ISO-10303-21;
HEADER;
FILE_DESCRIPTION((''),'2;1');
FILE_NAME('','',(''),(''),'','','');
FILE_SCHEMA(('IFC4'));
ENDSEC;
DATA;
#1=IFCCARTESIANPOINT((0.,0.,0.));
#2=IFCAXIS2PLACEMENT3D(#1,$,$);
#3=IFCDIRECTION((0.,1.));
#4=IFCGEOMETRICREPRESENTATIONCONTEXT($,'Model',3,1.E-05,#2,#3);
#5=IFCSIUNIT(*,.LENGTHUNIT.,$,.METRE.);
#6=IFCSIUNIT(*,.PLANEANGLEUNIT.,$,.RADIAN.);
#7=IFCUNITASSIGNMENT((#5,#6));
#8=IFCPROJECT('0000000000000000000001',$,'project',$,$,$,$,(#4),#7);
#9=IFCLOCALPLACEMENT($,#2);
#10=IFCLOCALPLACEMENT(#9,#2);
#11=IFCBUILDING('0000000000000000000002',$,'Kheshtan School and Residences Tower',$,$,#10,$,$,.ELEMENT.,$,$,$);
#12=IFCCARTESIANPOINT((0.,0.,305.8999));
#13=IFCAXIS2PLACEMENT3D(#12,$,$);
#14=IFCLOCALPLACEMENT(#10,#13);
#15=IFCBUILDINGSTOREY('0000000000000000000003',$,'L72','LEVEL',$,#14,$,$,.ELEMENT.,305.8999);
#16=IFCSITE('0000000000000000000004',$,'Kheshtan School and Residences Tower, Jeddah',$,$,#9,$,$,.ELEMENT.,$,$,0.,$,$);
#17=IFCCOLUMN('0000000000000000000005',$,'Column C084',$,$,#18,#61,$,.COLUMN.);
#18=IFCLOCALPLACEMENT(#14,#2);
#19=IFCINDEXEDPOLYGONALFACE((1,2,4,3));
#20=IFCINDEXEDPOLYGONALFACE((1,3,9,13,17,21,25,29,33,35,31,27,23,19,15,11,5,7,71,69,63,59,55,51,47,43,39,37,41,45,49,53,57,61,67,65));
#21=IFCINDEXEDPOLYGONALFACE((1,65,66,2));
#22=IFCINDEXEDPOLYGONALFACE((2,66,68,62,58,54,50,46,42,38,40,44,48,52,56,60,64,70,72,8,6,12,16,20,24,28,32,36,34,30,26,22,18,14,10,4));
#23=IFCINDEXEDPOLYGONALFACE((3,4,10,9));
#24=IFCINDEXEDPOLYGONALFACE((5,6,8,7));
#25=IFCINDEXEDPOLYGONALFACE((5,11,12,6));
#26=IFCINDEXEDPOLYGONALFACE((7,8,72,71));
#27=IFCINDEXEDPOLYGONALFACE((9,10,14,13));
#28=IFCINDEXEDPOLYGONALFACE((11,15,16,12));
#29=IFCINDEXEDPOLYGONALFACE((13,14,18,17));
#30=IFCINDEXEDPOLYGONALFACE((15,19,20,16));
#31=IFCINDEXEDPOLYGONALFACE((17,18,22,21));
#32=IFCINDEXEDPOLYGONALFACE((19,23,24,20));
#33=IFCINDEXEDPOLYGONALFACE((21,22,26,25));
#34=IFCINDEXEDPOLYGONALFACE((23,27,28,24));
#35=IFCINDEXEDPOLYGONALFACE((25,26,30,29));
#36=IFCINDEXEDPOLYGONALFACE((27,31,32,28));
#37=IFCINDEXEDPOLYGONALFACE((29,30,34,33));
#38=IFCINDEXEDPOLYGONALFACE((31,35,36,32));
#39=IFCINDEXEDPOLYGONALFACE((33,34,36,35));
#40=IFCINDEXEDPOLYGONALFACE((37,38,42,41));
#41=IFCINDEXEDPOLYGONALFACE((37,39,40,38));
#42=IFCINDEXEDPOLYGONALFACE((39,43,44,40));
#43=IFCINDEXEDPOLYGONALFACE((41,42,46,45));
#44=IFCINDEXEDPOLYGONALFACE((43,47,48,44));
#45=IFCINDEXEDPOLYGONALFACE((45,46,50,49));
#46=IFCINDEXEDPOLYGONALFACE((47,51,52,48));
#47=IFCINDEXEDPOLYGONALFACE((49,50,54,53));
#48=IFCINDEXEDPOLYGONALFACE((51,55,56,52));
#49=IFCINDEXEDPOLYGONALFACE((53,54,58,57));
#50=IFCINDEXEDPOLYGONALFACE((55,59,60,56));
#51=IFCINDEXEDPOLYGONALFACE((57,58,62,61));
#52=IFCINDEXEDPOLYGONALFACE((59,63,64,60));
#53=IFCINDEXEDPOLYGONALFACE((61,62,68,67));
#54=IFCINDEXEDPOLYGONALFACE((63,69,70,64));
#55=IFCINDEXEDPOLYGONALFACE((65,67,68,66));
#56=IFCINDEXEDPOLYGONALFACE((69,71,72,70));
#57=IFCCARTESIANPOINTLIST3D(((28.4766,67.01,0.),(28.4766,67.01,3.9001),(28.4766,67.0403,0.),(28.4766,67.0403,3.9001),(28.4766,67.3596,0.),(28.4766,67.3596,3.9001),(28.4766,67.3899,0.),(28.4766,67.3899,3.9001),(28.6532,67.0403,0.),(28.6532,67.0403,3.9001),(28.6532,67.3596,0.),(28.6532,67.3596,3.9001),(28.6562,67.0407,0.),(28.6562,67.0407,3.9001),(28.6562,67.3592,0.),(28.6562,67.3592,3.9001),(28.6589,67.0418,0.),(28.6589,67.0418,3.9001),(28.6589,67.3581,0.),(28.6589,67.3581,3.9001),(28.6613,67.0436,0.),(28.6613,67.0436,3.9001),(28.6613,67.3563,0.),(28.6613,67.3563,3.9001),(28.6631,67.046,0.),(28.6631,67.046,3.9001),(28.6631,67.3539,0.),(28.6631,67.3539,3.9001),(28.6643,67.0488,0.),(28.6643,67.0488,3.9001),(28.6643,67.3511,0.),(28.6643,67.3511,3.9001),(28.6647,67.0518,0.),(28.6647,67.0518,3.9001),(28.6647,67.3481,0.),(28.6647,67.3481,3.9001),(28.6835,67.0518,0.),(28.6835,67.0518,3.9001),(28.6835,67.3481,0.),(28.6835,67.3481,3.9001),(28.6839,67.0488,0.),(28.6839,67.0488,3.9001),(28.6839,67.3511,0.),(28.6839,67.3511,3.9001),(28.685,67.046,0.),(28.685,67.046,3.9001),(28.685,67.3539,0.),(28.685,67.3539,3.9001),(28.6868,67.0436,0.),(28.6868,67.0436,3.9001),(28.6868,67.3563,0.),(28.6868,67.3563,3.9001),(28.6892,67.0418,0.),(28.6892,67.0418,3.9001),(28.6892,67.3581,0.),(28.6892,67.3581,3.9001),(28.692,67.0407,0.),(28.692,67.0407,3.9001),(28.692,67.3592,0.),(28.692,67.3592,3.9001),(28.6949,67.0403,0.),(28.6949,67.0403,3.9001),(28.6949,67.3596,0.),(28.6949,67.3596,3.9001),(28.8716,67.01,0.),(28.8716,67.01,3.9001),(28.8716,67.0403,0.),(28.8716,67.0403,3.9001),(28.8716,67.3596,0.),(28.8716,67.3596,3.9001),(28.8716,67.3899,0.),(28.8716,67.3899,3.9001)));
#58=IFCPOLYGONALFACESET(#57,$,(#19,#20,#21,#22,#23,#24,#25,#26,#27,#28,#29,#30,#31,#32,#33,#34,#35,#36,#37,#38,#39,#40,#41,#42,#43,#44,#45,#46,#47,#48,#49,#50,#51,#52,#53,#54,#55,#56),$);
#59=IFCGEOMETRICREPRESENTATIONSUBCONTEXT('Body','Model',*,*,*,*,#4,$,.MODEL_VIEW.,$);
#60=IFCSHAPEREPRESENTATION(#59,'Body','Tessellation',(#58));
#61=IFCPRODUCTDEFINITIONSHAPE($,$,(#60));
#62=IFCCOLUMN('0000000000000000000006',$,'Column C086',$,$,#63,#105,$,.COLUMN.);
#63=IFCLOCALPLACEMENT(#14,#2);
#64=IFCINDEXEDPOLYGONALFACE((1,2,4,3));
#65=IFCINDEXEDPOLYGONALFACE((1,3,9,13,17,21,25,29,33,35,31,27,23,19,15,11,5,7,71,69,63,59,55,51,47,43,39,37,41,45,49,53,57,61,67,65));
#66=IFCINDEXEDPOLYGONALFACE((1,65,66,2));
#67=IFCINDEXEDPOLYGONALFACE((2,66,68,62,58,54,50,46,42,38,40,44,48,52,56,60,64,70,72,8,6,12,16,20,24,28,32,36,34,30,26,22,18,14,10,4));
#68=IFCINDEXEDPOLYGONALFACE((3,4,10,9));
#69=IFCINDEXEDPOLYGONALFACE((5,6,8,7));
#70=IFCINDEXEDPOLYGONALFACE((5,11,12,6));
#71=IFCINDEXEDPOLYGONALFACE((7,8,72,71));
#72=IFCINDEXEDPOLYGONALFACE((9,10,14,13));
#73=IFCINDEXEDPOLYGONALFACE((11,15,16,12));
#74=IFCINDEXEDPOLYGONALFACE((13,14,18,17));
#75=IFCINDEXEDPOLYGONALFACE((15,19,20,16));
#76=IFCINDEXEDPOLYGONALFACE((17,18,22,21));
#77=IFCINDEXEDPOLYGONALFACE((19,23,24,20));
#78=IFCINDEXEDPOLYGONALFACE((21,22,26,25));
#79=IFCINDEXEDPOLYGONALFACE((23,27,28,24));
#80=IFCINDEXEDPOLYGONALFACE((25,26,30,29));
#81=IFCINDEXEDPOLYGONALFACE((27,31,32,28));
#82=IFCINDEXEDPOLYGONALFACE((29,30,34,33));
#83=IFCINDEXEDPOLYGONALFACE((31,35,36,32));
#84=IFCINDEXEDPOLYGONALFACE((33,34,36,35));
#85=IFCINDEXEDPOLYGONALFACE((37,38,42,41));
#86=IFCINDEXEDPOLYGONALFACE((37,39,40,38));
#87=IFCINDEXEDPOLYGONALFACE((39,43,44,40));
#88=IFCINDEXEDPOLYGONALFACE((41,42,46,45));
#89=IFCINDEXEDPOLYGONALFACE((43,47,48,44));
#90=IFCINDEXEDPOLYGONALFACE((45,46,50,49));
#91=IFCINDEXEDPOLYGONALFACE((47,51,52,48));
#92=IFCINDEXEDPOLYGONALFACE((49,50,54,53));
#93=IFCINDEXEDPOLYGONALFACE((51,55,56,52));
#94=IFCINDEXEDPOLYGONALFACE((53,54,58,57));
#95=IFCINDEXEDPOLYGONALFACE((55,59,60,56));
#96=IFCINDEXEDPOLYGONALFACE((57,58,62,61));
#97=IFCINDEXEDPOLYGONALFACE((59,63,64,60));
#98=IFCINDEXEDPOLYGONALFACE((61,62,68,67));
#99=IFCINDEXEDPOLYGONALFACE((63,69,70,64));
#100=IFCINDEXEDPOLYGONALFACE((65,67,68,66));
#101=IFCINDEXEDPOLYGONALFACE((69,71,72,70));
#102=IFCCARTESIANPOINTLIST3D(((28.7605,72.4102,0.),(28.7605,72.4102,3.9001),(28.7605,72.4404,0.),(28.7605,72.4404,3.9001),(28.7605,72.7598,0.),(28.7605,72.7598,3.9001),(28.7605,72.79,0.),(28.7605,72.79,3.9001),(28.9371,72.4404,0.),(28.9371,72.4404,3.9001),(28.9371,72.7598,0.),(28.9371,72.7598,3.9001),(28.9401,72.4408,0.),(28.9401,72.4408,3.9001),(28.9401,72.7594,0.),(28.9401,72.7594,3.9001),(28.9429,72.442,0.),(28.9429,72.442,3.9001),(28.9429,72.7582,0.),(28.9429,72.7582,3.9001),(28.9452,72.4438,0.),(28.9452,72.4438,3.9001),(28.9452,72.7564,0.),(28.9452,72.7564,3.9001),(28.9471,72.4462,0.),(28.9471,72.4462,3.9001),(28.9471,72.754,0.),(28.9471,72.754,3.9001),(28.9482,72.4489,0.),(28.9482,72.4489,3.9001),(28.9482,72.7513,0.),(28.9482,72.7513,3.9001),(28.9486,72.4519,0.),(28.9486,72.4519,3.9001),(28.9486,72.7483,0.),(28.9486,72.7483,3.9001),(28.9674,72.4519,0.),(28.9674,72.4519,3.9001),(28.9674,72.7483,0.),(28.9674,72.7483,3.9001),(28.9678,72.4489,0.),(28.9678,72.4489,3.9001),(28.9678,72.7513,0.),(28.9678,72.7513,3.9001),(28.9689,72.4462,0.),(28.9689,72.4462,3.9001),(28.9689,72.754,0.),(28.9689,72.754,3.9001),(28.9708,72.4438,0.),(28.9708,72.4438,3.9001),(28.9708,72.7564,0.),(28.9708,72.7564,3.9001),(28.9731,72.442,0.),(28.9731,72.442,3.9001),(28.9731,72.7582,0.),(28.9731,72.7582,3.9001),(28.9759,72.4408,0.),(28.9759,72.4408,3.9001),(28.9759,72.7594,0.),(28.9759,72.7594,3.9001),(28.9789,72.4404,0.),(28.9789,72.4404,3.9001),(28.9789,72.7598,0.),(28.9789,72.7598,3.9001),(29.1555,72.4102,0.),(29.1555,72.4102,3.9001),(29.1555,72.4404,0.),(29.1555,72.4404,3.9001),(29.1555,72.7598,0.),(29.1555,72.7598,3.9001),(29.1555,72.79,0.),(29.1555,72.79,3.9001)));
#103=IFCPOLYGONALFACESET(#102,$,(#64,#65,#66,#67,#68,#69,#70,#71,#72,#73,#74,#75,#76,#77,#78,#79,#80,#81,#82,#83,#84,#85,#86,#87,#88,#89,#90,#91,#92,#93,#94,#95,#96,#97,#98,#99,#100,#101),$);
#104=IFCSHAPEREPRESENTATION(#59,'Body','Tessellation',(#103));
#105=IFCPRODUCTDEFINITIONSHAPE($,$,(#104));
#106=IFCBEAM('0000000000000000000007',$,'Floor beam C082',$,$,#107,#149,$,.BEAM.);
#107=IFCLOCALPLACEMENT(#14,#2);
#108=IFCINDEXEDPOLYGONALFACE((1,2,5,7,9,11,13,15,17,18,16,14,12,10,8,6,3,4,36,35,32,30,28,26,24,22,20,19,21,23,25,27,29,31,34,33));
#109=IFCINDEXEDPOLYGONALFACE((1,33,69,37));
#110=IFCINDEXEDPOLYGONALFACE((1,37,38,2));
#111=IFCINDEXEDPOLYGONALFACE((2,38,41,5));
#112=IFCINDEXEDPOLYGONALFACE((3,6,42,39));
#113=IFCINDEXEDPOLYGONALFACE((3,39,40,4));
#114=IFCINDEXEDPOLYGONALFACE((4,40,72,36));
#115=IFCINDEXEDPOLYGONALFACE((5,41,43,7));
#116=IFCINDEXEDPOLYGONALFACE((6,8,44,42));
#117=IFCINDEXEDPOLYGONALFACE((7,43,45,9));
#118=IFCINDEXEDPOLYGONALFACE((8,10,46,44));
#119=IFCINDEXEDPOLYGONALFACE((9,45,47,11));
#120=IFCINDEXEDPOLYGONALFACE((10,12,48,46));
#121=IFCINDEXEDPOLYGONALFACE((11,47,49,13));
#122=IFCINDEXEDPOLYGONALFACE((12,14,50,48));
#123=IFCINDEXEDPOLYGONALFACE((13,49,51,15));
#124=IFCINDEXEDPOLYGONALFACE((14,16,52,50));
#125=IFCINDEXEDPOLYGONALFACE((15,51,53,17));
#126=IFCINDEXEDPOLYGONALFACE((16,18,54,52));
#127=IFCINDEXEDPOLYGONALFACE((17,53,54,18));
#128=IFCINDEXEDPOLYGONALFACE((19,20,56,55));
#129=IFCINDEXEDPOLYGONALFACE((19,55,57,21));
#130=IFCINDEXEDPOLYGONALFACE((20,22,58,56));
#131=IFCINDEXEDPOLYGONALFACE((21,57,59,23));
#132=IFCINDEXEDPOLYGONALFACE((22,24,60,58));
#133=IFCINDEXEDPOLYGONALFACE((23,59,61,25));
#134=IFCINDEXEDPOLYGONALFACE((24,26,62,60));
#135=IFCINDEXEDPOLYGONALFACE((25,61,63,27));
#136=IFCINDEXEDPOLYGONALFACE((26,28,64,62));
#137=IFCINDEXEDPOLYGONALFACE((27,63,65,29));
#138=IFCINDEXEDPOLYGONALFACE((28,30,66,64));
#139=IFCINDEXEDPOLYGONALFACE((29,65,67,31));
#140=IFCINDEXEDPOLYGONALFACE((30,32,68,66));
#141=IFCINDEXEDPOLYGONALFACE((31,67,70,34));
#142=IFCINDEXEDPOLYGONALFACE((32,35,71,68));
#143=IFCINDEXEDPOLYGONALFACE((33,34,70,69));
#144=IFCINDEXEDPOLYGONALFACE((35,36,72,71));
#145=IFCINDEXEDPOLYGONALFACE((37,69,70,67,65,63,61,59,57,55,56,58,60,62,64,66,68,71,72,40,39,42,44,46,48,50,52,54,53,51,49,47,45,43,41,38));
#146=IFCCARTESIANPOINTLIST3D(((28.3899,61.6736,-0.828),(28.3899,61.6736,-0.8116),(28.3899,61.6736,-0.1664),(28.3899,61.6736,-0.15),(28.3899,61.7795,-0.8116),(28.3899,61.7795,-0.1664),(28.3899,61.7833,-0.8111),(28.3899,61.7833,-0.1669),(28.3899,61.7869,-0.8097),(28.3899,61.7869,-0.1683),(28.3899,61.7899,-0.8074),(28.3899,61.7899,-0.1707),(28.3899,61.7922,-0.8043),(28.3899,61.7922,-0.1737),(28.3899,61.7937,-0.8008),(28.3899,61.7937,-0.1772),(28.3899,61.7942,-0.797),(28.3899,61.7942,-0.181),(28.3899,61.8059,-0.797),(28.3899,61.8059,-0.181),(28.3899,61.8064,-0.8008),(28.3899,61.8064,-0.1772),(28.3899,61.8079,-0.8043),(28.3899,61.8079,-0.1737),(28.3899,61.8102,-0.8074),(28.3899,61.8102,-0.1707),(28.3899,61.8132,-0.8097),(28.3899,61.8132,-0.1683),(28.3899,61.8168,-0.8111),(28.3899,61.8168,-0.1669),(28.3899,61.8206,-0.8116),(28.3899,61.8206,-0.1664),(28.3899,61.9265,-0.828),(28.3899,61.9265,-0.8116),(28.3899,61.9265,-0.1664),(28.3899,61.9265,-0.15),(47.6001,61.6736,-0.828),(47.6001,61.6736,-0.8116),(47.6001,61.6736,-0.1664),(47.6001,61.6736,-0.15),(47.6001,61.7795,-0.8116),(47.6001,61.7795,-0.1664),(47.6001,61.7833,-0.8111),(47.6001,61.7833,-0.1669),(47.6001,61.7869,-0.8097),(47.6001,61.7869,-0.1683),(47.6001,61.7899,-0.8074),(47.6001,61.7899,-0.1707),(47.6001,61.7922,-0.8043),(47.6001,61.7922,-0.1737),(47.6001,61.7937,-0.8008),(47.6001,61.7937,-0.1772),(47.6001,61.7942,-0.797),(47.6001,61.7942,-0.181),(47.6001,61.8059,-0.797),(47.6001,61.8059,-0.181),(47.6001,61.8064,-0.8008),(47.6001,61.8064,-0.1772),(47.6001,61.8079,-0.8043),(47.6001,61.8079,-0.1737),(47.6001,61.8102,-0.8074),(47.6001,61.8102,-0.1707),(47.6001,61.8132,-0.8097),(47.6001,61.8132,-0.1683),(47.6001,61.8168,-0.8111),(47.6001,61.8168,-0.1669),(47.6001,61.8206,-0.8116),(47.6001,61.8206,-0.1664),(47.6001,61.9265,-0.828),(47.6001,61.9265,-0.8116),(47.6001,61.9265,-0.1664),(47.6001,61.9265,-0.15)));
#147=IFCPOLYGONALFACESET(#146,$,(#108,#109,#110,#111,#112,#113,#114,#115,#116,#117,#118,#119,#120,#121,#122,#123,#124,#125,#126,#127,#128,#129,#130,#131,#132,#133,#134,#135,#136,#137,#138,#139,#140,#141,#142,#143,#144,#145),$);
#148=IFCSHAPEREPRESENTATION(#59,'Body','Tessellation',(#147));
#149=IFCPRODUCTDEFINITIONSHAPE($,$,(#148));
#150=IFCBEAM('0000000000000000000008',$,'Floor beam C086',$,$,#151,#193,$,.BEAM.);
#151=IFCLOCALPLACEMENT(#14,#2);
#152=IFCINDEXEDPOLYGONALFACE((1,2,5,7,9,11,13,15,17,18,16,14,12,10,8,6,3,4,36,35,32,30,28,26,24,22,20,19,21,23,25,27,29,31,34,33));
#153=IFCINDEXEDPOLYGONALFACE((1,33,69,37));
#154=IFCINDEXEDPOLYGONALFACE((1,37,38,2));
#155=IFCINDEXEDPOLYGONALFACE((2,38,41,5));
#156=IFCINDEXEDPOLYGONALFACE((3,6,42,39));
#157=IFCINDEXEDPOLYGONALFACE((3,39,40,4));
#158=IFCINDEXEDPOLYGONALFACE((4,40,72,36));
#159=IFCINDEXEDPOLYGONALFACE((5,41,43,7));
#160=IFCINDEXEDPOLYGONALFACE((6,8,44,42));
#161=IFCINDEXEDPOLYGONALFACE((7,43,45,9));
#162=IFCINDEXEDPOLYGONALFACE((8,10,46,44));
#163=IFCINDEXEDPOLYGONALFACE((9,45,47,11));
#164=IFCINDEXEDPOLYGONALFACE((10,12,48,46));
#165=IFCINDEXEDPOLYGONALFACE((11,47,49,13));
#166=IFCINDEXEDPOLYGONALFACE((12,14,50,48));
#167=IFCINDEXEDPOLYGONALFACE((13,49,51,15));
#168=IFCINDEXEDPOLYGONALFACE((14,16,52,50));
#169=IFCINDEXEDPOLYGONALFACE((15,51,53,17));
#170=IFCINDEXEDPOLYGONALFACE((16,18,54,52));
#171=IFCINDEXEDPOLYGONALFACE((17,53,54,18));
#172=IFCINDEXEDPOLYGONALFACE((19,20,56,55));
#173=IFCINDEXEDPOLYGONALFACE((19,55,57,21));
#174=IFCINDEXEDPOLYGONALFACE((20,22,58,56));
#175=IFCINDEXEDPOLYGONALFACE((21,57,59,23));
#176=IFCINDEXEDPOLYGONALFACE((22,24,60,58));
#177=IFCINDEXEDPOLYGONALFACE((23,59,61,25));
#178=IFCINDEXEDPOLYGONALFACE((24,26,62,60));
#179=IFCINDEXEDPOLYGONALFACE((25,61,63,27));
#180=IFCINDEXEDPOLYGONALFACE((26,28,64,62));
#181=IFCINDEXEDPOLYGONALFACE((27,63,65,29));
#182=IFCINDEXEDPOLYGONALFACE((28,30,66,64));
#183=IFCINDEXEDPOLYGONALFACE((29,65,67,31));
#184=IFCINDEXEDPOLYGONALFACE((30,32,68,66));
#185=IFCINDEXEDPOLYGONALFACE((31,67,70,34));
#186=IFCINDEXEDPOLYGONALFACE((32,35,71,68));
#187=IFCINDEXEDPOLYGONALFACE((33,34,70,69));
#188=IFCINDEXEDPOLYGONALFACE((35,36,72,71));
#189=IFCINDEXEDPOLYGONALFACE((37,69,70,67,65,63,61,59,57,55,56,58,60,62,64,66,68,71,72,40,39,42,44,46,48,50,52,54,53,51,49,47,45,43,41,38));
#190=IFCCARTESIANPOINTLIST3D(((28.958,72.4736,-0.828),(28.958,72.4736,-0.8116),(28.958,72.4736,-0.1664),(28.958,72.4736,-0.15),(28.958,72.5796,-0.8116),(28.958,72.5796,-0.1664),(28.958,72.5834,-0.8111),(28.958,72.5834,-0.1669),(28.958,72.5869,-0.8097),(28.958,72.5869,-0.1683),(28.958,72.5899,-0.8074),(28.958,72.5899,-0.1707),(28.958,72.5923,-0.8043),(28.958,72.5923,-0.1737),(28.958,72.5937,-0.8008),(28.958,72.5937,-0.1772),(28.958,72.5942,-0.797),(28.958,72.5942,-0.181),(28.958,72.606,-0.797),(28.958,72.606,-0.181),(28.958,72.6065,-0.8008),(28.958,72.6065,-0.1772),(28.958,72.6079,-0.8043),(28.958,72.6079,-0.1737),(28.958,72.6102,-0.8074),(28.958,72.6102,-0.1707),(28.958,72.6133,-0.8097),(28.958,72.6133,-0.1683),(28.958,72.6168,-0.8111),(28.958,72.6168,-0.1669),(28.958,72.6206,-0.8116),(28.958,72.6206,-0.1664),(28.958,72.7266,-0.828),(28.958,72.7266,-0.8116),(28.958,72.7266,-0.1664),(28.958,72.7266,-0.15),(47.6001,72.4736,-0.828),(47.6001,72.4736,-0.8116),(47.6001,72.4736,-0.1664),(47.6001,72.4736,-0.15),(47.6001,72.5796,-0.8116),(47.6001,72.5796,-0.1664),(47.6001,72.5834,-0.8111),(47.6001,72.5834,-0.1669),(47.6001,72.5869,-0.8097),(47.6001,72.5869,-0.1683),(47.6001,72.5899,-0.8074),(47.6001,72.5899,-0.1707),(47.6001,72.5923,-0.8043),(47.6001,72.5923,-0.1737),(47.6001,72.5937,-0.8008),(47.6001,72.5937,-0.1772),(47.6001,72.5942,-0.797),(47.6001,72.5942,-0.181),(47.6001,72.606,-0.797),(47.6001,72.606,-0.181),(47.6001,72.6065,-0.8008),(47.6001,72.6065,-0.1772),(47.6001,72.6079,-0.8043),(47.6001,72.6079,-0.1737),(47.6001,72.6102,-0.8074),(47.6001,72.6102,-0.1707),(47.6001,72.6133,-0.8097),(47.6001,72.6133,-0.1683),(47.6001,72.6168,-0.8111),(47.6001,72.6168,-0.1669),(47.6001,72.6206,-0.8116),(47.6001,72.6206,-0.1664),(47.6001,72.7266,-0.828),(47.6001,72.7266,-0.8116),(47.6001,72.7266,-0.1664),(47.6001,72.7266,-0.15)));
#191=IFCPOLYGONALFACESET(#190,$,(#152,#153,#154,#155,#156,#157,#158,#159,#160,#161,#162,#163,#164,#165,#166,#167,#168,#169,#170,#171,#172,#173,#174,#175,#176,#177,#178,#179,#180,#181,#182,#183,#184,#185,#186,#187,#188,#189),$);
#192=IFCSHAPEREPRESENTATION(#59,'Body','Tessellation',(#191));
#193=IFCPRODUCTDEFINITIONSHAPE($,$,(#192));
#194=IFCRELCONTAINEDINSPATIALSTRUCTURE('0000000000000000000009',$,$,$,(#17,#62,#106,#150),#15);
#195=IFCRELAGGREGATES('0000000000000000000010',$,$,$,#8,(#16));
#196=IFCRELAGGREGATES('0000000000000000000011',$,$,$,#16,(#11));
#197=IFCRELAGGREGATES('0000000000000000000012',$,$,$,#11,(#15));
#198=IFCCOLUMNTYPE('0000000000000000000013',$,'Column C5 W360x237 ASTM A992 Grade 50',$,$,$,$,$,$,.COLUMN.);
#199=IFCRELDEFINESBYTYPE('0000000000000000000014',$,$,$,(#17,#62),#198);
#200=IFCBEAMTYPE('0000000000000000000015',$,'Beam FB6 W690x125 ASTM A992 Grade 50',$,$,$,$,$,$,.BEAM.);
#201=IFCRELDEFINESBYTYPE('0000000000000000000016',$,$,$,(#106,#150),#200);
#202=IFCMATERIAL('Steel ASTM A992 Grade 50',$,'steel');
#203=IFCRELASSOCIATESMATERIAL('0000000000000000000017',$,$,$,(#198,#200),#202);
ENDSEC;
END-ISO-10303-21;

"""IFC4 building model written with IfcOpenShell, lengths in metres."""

from ifc_helpers import new_model, si_unit, direction, frame, origin, origin_2d, place, context, subcontext, project, spatial, i_section, extrude, material, material_profile, profile_set, type_object, element, save


model = new_model("IFC4")

# Units and contexts
model_context = context("Model", 3, precision=1e-05, world=origin(), true_north=direction((0.0, 1.0)))
body_context = subcontext(model_context, "Body", "Model", "MODEL_VIEW")
ifc_project = project(units=[si_unit("LENGTHUNIT", "METRE"), si_unit("PLANEANGLEUNIT", "RADIAN")], contexts=[model_context])

# Site, building, storey
site_placement = place(None, origin())
site = spatial("IfcSite", under=ifc_project, at=site_placement, Name="Kheshtan School and Residences Tower, Jeddah", CompositionType="ELEMENT", RefElevation=0.0)
building_placement = place(site_placement, origin())
building = spatial("IfcBuilding", under=site, at=building_placement, Name="Kheshtan School and Residences Tower", CompositionType="ELEMENT")
storey_placement = place(building_placement, frame((0.0, 0.0, 305.8999)))
storey = spatial("IfcBuildingStorey", under=building, at=storey_placement, Name="L72", Description="LEVEL", CompositionType="ELEMENT", Elevation=305.8999)

# Columns
ifc_material_1 = material(Name="Steel ASTM A992 Grade 50", Category="steel")
ifc_material_profile_1 = material_profile(ifc_material_1, i_section(OverallWidth=0.395, OverallDepth=0.3799, WebThickness=0.0188, FlangeThickness=0.0303, FilletRadius=0.0115, at=origin_2d()), Name="W360x237")
ifc_profile_set_1 = profile_set([ifc_material_profile_1], Name="Steel ASTM A992 Grade 50")
column_type = type_object("IfcColumnType", Name="Column C5 W360x237 ASTM A992 Grade 50", PredefinedType="COLUMN", material=ifc_profile_set_1)
for number, where, z_axis, x_axis, name in (
    (1, (28.6741, 67.2, 0.0), (0.0, 0.0, 1.0), (1.0, 0.0, 0.0), "Column C084"),
    (2, (28.958, 72.6001, 0.0), (0.0, 0.0, 1.0), (1.0, 0.0, 0.0), "Column C086"),
):
    element("IfcColumn", number, at=place(storey_placement, frame(where, z_axis=z_axis, x_axis=x_axis)), inside=storey, type_object=column_type, Name=name, PredefinedType="COLUMN", context=body_context, shape_type="SweptSolid", body=[
        extrude(i_section(OverallWidth=0.395, OverallDepth=0.3799, WebThickness=0.0188, FlangeThickness=0.0303, FilletRadius=0.0115, at=origin_2d()), origin(), (0.0, 0.0, 1.0), 3.9001),
    ])

# Beams
ifc_material_profile_2 = material_profile(ifc_material_1, i_section(OverallWidth=0.2529, OverallDepth=0.678, WebThickness=0.0117, FlangeThickness=0.0164, FilletRadius=0.0146, at=origin_2d()), Name="W690x125")
ifc_profile_set_2 = profile_set([ifc_material_profile_2], Name="Steel ASTM A992 Grade 50")
beam_type_1 = type_object("IfcBeamType", Name="Beam FB6 W690x125 ASTM A992 Grade 50", PredefinedType="BEAM", material=ifc_profile_set_2)
beam_1_placement = place(storey_placement, frame((28.3899, 61.8, -0.489), z_axis=(1.0, 0.0, 0.0), x_axis=(0.0, 1.0, 0.0)))
element("IfcBeam", 3, at=beam_1_placement, inside=storey, type_object=beam_type_1, Name="Floor beam C082", PredefinedType="BEAM", context=body_context, shape_type="SweptSolid", body=[
    extrude(i_section(OverallWidth=0.2529, OverallDepth=0.678, WebThickness=0.0117, FlangeThickness=0.0164, FilletRadius=0.0146, at=origin_2d()), origin(), (0.0, 0.0, 1.0), 19.2102),
])
beam_2_placement = place(storey_placement, frame((28.958, 72.6001, -0.489), z_axis=(1.0, 0.0, 0.0), x_axis=(0.0, 1.0, 0.0)))
element("IfcBeam", 4, at=beam_2_placement, inside=storey, type_object=beam_type_1, Name="Floor beam C086", PredefinedType="BEAM", context=body_context, shape_type="SweptSolid", body=[
    extrude(i_section(OverallWidth=0.2529, OverallDepth=0.678, WebThickness=0.0117, FlangeThickness=0.0164, FilletRadius=0.0146, at=origin_2d()), origin(), (0.0, 0.0, 1.0), 18.6421),
])

save(model, "model.ifc")
